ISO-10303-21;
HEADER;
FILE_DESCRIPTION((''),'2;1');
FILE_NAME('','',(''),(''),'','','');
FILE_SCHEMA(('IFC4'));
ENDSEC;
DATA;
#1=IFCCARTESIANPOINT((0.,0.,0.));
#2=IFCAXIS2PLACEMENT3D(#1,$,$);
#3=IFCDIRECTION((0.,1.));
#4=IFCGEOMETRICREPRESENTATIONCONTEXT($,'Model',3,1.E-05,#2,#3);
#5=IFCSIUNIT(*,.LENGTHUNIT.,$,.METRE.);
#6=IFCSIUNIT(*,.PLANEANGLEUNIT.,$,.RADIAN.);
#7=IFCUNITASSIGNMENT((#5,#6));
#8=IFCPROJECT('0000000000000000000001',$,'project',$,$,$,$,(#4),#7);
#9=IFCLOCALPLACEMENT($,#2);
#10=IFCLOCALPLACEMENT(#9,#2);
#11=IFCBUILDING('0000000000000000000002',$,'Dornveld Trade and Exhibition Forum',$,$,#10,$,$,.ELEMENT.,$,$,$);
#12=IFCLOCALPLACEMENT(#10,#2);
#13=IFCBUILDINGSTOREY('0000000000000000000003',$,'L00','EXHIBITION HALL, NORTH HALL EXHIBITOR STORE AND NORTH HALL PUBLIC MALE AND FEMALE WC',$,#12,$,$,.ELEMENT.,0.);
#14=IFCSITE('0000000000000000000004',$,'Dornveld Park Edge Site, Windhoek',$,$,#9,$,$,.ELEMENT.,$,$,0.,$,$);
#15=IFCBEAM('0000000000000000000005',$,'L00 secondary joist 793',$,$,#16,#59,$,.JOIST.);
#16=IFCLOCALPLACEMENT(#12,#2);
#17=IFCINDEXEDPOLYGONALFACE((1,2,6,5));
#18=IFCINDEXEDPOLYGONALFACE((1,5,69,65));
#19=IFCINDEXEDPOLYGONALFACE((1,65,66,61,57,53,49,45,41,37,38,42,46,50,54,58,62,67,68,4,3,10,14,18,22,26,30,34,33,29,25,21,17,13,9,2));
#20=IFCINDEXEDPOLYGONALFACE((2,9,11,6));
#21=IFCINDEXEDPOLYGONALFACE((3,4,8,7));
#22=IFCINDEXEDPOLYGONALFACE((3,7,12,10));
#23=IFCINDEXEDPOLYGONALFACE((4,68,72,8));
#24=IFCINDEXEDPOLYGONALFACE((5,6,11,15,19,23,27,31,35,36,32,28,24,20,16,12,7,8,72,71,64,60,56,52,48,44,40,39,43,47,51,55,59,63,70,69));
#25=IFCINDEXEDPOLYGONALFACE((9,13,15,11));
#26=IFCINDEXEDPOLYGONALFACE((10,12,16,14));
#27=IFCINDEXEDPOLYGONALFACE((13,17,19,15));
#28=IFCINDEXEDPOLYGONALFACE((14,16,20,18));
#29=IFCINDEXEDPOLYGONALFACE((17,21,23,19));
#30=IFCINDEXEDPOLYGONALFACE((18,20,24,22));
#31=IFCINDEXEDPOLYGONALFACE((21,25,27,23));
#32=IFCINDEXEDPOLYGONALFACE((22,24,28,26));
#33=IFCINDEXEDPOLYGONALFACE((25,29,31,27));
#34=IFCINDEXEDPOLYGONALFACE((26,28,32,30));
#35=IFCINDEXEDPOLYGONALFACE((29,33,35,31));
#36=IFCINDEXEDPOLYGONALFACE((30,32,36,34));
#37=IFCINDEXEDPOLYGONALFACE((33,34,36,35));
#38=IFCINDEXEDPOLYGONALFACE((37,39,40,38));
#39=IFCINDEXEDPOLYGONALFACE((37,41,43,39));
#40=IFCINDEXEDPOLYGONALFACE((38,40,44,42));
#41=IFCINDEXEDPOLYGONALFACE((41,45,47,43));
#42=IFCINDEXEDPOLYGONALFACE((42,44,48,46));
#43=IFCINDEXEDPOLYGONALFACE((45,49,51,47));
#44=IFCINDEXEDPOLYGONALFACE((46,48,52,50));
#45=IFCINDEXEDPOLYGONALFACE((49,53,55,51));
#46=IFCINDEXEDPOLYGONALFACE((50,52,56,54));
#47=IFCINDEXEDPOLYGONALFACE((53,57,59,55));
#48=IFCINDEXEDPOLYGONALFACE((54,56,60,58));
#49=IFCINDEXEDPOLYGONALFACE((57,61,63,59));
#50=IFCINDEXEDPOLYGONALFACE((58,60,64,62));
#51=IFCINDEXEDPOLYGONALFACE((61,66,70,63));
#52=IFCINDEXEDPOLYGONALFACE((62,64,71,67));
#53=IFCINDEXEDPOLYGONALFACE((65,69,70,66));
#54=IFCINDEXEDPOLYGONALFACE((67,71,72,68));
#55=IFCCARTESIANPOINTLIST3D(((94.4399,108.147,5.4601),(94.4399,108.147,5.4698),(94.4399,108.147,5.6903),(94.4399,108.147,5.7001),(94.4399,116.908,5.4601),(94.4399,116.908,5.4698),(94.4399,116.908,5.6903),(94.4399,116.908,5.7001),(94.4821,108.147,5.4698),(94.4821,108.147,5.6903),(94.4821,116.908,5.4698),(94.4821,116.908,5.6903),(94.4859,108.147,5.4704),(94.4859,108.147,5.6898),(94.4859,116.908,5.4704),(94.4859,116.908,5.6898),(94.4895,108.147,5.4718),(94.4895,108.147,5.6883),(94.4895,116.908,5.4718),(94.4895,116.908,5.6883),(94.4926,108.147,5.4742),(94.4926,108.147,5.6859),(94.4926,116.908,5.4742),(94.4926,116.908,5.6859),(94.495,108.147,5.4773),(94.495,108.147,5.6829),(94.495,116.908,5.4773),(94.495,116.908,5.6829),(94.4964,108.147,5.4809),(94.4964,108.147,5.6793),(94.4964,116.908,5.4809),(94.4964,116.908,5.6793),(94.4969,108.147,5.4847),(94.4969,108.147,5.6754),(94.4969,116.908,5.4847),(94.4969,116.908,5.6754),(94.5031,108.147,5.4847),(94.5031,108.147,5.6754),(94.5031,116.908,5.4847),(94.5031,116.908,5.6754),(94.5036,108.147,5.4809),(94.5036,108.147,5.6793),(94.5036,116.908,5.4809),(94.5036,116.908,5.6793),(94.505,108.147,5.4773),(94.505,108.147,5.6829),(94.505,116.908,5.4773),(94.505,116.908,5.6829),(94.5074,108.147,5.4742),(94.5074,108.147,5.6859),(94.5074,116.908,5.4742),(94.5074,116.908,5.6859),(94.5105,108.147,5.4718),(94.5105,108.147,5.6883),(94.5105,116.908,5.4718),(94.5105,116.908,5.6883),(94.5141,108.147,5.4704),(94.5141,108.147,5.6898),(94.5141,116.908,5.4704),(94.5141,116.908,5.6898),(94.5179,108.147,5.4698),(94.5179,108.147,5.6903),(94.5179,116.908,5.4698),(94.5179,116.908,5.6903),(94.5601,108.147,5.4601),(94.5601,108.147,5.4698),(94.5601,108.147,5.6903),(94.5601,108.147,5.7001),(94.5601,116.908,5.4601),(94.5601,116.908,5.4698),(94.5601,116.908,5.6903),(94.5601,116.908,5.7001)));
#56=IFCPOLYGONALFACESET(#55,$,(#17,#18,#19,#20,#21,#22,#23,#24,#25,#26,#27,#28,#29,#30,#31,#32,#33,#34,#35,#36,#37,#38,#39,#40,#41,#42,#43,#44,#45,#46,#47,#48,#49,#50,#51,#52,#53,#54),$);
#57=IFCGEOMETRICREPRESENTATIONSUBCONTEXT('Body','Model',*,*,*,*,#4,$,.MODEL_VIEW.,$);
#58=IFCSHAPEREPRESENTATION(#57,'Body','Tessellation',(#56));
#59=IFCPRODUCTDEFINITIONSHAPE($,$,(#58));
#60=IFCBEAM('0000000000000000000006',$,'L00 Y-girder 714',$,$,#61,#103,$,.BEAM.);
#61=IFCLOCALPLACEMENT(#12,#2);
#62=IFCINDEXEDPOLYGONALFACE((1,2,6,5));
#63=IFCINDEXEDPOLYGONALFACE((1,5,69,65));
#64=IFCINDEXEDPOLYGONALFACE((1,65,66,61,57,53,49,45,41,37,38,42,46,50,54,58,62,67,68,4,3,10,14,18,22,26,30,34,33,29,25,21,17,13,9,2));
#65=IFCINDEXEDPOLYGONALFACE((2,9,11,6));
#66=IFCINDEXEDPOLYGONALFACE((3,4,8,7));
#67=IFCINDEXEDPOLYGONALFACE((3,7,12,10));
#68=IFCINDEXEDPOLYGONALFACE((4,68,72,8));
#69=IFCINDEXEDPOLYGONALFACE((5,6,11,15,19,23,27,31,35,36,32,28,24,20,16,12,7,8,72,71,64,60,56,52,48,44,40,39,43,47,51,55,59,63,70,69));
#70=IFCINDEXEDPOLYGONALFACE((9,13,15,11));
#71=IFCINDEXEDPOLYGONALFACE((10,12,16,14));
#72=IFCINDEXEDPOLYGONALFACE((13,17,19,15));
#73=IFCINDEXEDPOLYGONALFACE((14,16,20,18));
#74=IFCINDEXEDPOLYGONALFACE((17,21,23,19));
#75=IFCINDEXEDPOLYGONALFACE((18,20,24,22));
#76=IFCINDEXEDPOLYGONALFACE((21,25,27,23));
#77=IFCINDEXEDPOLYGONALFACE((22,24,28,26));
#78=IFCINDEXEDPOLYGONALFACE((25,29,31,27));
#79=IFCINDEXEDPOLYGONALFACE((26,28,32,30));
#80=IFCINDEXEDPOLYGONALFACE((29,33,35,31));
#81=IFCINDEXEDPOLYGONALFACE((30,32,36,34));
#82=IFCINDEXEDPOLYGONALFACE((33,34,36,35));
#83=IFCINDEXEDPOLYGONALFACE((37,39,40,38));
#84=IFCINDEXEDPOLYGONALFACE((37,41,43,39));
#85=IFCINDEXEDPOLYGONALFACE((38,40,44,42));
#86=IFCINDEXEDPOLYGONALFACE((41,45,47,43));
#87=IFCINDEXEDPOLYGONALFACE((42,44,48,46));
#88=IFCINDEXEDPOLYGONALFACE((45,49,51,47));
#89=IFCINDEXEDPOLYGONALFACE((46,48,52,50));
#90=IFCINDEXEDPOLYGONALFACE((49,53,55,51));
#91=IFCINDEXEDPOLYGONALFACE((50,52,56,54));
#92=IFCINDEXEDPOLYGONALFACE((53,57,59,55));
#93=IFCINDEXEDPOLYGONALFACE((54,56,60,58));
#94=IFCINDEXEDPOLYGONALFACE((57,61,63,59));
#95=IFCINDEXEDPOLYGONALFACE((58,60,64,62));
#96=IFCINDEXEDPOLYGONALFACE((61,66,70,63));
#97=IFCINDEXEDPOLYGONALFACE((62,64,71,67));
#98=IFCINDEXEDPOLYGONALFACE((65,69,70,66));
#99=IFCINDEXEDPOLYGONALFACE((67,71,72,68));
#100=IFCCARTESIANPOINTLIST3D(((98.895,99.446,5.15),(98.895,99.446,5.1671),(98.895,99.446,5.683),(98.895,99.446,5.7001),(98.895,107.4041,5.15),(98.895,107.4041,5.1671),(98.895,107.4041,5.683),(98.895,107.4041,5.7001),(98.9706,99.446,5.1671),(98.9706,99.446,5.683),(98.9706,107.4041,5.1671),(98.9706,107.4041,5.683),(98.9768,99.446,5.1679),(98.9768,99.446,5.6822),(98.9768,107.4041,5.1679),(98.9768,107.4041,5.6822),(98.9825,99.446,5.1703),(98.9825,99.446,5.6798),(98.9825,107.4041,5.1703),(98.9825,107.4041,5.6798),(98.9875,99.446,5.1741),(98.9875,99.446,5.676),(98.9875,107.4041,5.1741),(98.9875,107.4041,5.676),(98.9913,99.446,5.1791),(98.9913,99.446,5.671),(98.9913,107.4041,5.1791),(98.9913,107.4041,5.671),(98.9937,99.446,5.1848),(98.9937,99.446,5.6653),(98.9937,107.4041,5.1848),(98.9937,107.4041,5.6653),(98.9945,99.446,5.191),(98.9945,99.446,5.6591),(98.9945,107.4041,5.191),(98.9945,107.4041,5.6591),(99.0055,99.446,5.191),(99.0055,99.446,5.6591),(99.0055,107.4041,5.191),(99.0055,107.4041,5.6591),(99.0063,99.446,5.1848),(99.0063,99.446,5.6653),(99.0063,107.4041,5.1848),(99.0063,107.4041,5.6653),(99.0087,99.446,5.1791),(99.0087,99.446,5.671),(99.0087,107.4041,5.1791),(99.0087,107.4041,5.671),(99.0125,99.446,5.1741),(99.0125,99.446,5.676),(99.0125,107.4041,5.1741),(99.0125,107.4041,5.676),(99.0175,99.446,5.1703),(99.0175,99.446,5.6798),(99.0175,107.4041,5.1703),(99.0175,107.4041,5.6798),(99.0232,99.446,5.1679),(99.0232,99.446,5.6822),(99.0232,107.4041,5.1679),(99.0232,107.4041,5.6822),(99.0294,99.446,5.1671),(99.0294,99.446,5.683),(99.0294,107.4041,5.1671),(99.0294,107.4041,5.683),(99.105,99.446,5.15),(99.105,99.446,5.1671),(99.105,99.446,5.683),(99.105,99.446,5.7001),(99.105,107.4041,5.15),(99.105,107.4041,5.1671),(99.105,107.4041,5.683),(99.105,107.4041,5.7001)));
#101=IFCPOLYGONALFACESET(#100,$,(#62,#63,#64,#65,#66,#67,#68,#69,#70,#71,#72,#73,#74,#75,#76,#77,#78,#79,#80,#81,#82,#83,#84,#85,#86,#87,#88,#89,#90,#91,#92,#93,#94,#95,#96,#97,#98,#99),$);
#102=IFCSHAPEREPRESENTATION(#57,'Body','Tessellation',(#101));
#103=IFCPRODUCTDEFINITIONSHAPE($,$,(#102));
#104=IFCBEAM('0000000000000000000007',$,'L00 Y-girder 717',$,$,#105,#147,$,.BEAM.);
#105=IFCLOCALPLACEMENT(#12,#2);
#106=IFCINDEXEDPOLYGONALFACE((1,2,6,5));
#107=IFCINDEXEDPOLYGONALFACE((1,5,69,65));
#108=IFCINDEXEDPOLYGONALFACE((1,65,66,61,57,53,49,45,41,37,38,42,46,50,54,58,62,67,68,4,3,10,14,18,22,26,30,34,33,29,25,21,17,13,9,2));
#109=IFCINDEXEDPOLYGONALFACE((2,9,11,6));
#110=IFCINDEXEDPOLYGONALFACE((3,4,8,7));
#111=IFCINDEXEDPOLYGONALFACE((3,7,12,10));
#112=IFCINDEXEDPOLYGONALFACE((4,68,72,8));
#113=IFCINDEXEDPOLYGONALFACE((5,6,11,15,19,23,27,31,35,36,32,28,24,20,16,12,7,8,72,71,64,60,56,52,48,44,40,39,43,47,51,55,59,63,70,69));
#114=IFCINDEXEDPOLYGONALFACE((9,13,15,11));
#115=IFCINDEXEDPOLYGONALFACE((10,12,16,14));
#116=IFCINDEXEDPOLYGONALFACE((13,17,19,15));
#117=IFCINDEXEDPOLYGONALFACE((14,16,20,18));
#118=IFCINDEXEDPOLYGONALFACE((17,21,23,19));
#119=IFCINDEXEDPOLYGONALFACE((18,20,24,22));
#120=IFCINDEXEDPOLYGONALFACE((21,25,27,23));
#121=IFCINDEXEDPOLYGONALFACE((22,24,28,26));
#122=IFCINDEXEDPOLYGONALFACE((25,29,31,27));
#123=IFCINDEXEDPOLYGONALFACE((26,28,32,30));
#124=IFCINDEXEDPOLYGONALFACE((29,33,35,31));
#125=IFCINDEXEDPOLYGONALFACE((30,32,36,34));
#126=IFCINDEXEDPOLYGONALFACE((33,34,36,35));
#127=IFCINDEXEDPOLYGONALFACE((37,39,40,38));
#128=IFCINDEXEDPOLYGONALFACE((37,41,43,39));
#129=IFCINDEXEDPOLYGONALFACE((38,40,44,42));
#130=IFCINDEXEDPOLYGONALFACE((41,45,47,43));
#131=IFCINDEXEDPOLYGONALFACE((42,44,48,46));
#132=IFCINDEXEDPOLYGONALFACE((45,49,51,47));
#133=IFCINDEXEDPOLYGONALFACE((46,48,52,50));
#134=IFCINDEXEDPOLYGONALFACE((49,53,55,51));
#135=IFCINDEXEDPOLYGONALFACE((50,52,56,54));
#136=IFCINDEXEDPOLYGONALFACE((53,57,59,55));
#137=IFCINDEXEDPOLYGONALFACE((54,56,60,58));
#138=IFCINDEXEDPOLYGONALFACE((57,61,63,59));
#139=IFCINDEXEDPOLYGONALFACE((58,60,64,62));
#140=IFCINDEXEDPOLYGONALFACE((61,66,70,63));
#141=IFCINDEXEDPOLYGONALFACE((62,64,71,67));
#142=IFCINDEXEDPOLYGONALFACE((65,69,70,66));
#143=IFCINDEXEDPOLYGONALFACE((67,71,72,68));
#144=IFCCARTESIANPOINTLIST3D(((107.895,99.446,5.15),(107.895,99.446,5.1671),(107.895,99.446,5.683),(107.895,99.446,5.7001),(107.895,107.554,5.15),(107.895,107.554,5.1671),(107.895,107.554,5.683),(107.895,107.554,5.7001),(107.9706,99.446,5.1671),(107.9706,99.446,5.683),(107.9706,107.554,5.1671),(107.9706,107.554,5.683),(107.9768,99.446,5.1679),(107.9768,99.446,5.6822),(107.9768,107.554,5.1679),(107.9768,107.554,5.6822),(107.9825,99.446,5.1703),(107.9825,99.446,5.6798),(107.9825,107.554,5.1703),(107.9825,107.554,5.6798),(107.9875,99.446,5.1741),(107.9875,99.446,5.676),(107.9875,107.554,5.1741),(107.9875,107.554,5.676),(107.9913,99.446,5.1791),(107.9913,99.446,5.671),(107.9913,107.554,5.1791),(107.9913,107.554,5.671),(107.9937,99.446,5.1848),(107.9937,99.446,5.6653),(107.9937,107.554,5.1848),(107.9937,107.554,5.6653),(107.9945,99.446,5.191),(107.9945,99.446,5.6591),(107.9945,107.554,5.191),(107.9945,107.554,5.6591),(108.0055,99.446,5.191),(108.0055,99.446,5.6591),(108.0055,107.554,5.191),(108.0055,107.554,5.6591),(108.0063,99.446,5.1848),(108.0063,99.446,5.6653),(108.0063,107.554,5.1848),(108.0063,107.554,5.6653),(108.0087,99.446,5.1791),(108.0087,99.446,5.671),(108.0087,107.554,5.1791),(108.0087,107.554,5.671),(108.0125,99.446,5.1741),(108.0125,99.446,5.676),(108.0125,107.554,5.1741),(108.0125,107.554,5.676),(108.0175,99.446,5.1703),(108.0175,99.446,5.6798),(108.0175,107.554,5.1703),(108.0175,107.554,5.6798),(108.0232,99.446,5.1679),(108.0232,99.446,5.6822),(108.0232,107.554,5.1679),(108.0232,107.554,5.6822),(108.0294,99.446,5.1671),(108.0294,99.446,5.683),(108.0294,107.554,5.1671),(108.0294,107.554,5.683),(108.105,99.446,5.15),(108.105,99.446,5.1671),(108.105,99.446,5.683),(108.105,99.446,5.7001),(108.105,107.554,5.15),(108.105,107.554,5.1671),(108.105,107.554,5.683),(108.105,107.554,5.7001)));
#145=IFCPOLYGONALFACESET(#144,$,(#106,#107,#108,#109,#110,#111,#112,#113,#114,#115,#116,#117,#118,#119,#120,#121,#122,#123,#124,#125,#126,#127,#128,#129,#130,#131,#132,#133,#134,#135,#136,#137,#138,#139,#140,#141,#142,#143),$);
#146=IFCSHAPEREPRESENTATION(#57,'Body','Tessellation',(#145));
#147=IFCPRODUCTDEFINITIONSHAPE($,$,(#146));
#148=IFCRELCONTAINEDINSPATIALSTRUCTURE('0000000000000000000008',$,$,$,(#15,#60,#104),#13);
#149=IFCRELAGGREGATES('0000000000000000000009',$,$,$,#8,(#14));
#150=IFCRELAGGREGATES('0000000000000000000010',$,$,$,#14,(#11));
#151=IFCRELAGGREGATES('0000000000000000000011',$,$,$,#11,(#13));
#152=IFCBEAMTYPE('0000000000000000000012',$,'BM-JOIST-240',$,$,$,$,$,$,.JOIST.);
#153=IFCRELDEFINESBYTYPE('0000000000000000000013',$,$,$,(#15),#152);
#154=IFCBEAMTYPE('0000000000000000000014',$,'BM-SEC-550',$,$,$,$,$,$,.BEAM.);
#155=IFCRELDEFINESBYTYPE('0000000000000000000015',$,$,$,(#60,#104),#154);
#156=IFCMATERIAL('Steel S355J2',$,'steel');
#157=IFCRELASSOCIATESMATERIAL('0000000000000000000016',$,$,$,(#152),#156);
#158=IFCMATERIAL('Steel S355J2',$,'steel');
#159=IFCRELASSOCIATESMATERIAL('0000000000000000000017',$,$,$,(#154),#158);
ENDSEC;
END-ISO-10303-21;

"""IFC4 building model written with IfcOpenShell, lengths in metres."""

from ifc_helpers import new_model, si_unit, direction, frame, origin, origin_2d, place, context, subcontext, project, spatial, i_section, extrude, material, material_profile, profile_set, type_object, element, save


model = new_model("IFC4")

# Units and contexts
model_context = context("Model", 3, precision=1e-05, world=origin(), true_north=direction((0.0, 1.0)))
body_context = subcontext(model_context, "Body", "Model", "MODEL_VIEW")
ifc_project = project(units=[si_unit("LENGTHUNIT", "METRE"), si_unit("PLANEANGLEUNIT", "RADIAN")], contexts=[model_context])

# Site, building, storey
site_placement = place(None, origin())
site = spatial("IfcSite", under=ifc_project, at=site_placement, Name="Dornveld Park Edge Site, Windhoek", CompositionType="ELEMENT", RefElevation=0.0)
building_placement = place(site_placement, origin())
building = spatial("IfcBuilding", under=site, at=building_placement, Name="Dornveld Trade and Exhibition Forum", CompositionType="ELEMENT")
storey_placement = place(building_placement, origin())
storey = spatial("IfcBuildingStorey", under=building, at=storey_placement, Name="L00", Description="EXHIBITION HALL, NORTH HALL EXHIBITOR STORE AND NORTH HALL PUBLIC MALE AND FEMALE WC", CompositionType="ELEMENT", Elevation=0.0)

# Beams
ifc_material_1 = material(Name="Steel S355J2", Category="steel")
ifc_material_profile_1 = material_profile(ifc_material_1, i_section(OverallWidth=0.1201, OverallDepth=0.24, WebThickness=0.0061, FlangeThickness=0.0098, FilletRadius=0.0149, at=origin_2d()), Name="IPE 240")
ifc_profile_set_1 = profile_set([ifc_material_profile_1], Name="Steel S355J2")
beam_type_1 = type_object("IfcBeamType", Name="BM-JOIST-240", PredefinedType="JOIST", material=ifc_profile_set_1)
beam_1_placement = place(storey_placement, frame((94.5, 108.147, 5.5801), z_axis=(0.0, 1.0, 0.0), x_axis=(-1.0, 0.0, 0.0)))
element("IfcBeam", 1, at=beam_1_placement, inside=storey, type_object=beam_type_1, Name="L00 secondary joist 793", PredefinedType="JOIST", context=body_context, shape_type="SweptSolid", body=[
    extrude(i_section(OverallWidth=0.1201, OverallDepth=0.24, WebThickness=0.0061, FlangeThickness=0.0098, FilletRadius=0.0149, at=origin_2d()), origin(), (0.0, 0.0, 1.0), 8.761),
])
ifc_material_2 = material(Name="Steel S355J2", Category="steel")
ifc_material_profile_2 = material_profile(ifc_material_2, i_section(OverallWidth=0.21, OverallDepth=0.55, WebThickness=0.011, FlangeThickness=0.0171, FilletRadius=0.0239, at=origin_2d()), Name="IPE 550")
ifc_profile_set_2 = profile_set([ifc_material_profile_2], Name="Steel S355J2")
beam_type_2 = type_object("IfcBeamType", Name="BM-SEC-550", PredefinedType="BEAM", material=ifc_profile_set_2)
beam_2_placement = place(storey_placement, frame((99.0, 99.446, 5.425), z_axis=(0.0, 1.0, 0.0), x_axis=(-1.0, 0.0, 0.0)))
element("IfcBeam", 2, at=beam_2_placement, inside=storey, type_object=beam_type_2, Name="L00 Y-girder 714", PredefinedType="BEAM", context=body_context, shape_type="SweptSolid", body=[
    extrude(i_section(OverallWidth=0.21, OverallDepth=0.55, WebThickness=0.011, FlangeThickness=0.0171, FilletRadius=0.0239, at=origin_2d()), origin(), (0.0, 0.0, 1.0), 7.958),
])
beam_3_placement = place(storey_placement, frame((108.0, 99.446, 5.425), z_axis=(0.0, 1.0, 0.0), x_axis=(-1.0, 0.0, 0.0)))
element("IfcBeam", 3, at=beam_3_placement, inside=storey, type_object=beam_type_2, Name="L00 Y-girder 717", PredefinedType="BEAM", context=body_context, shape_type="SweptSolid", body=[
    extrude(i_section(OverallWidth=0.21, OverallDepth=0.55, WebThickness=0.011, FlangeThickness=0.0171, FilletRadius=0.0239, at=origin_2d()), origin(), (0.0, 0.0, 1.0), 8.1079),
])

save(model, "model.ifc")
